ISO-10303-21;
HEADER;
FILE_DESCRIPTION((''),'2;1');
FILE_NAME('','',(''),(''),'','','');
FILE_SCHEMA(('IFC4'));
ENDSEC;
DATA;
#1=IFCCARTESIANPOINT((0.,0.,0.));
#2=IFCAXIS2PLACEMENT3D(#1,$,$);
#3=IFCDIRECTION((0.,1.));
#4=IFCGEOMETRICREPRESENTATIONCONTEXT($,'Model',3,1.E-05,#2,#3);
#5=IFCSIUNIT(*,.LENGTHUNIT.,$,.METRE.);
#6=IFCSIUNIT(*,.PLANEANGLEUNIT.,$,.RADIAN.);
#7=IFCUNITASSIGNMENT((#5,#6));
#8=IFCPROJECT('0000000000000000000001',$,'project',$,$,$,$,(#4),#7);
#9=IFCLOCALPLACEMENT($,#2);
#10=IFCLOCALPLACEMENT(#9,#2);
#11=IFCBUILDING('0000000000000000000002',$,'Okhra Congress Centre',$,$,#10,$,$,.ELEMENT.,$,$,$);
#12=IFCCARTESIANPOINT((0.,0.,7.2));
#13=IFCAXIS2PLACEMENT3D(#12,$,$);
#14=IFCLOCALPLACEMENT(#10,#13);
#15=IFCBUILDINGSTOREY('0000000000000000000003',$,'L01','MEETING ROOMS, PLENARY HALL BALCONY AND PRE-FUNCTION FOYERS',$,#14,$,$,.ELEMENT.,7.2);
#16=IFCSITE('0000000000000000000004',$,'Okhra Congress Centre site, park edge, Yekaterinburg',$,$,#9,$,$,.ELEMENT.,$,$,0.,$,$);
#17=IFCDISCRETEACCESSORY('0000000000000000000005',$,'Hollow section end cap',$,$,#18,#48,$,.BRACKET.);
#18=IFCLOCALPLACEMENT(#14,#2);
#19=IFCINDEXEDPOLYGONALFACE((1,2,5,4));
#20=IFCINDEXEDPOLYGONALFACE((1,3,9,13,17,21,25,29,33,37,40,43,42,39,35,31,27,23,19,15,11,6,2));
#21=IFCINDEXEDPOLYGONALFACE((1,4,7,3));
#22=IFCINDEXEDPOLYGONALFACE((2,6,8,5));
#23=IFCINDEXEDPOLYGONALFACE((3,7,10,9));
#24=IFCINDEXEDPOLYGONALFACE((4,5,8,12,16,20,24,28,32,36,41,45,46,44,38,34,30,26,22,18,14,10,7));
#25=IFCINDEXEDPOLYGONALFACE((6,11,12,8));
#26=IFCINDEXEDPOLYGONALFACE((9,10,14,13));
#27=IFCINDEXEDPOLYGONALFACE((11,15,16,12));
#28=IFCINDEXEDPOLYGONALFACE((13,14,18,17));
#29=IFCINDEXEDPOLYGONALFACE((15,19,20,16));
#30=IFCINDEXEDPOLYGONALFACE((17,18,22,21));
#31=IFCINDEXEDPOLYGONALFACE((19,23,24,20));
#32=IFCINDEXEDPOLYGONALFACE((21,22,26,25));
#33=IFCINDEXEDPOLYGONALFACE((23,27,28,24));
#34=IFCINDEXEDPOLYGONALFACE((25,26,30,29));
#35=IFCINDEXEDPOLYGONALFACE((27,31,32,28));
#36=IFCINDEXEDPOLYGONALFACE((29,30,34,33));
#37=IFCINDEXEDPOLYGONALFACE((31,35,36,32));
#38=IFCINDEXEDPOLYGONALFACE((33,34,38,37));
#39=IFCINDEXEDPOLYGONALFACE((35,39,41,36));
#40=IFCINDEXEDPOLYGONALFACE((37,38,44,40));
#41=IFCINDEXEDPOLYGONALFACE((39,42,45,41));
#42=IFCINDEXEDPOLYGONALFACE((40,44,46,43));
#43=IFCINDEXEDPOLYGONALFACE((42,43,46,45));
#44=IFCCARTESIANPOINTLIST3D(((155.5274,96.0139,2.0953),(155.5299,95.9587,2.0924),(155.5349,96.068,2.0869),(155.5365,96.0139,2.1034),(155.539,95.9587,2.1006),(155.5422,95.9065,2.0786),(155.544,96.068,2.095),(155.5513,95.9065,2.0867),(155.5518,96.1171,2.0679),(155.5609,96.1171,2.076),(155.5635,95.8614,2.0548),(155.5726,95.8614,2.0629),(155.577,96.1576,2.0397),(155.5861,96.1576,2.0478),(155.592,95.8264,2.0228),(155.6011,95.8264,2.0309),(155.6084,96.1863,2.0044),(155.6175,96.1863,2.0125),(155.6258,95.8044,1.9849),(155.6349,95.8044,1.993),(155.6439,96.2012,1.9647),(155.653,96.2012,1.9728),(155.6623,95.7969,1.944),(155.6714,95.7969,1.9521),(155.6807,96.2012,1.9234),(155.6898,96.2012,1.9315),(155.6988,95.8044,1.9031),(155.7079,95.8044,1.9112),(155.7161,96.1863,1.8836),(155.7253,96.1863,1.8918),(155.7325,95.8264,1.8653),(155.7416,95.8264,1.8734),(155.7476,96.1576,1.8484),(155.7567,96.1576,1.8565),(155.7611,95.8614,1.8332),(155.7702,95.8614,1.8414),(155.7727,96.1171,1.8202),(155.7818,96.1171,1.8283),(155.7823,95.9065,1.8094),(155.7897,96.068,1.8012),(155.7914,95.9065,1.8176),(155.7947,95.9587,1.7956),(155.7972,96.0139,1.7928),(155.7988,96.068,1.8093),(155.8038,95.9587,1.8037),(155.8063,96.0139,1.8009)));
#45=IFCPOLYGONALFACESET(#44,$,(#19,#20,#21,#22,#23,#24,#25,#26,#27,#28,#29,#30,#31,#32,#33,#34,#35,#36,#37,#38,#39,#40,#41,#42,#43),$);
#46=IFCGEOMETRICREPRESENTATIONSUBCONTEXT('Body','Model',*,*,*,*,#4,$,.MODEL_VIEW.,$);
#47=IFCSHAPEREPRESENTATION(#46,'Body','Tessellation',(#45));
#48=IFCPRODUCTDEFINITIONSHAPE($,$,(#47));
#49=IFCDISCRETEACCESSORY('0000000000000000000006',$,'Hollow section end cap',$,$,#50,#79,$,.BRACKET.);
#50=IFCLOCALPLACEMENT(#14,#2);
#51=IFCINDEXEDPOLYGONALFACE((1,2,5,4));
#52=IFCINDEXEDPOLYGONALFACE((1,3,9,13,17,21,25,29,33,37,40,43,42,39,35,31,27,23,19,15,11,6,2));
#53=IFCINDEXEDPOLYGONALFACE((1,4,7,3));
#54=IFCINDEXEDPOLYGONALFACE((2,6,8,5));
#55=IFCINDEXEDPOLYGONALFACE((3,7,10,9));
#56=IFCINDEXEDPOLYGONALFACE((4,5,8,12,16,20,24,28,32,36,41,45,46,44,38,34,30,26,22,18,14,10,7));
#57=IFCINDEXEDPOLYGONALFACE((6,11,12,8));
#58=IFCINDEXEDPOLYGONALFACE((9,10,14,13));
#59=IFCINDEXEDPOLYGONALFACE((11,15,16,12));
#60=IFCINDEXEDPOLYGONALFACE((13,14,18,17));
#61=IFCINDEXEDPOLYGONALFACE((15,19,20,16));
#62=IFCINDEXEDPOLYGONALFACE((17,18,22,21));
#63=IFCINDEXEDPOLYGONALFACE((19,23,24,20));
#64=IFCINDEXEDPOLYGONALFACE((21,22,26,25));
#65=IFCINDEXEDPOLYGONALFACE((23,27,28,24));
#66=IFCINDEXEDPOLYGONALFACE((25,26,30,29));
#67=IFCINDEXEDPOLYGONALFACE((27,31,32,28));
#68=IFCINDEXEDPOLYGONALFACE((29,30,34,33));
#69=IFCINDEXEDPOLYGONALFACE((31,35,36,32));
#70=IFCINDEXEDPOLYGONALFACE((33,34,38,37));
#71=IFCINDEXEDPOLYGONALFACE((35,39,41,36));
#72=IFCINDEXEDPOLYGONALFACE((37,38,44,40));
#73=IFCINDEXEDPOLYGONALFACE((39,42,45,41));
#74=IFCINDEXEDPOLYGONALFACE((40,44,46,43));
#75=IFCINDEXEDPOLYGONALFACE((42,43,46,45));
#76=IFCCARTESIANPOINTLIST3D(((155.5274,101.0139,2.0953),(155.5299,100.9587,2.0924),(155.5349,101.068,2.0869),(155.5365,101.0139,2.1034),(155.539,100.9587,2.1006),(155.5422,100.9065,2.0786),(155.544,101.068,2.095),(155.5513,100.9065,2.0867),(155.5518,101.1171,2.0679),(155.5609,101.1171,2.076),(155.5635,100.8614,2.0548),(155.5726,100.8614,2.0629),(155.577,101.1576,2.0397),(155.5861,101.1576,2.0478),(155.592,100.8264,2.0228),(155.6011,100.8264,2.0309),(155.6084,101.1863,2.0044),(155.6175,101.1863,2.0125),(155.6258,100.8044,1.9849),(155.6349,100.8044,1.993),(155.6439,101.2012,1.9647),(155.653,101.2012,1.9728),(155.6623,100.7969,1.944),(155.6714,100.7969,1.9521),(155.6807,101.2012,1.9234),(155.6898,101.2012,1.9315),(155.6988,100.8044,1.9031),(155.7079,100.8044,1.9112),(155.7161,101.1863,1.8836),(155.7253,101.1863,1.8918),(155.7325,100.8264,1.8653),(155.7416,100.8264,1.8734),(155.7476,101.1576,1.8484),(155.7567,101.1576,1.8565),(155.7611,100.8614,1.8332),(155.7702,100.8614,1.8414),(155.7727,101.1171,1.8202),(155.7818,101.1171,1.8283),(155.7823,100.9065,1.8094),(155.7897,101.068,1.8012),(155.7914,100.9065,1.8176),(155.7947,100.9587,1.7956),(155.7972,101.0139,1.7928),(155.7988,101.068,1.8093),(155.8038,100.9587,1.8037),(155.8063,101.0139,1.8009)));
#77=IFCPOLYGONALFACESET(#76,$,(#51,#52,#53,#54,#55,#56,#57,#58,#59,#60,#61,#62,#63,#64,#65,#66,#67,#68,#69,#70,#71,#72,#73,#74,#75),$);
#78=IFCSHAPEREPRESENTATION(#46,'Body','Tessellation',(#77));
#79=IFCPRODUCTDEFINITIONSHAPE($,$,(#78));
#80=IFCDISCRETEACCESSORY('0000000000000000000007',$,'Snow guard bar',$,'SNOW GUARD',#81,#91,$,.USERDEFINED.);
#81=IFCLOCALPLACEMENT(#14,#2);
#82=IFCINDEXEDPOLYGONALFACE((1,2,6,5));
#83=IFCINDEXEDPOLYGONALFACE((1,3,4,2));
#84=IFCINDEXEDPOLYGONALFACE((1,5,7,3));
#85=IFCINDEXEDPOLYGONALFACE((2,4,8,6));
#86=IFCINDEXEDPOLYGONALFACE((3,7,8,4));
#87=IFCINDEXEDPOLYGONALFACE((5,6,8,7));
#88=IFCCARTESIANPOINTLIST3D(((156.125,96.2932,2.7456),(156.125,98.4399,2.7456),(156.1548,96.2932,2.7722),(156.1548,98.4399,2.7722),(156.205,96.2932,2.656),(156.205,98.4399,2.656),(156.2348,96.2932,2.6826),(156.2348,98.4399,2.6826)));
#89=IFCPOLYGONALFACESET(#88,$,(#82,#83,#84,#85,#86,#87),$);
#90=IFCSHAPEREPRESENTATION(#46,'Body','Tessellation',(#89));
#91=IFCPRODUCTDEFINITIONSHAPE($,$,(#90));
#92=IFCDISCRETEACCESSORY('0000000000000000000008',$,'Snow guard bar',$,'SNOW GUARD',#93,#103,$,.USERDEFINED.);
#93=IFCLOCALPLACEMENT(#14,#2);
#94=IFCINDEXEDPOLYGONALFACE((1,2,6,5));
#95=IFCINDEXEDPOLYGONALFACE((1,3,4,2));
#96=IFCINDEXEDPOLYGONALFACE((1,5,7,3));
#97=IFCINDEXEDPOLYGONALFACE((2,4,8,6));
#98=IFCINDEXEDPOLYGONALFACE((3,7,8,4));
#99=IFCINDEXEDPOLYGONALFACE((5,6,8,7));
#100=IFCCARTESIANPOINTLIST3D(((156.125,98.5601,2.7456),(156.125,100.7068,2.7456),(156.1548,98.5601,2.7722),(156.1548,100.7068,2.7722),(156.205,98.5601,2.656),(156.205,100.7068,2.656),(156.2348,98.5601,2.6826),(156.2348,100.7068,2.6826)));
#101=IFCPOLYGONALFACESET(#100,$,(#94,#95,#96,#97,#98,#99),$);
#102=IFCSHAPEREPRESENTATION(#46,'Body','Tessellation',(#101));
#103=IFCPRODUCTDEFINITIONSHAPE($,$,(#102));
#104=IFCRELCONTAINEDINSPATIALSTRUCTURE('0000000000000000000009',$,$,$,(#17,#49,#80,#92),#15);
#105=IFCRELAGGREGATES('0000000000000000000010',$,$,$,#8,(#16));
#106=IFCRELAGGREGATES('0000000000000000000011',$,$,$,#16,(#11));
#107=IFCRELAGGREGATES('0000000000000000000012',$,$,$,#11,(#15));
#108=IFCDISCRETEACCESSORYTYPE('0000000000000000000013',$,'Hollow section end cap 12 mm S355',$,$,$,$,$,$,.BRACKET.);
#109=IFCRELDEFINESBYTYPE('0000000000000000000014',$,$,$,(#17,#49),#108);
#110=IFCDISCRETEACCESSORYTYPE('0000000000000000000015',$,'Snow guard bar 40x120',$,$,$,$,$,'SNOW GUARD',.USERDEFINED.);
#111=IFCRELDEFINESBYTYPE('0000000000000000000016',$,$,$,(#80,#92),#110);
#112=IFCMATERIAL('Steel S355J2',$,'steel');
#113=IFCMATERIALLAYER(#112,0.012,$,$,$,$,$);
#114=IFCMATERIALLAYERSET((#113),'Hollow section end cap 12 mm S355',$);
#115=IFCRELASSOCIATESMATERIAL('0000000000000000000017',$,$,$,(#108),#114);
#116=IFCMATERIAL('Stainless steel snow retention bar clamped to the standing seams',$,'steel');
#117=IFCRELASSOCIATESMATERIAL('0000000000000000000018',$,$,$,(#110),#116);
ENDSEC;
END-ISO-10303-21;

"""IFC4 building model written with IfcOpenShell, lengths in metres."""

from ifc_helpers import new_model, si_unit, direction, frame, origin, origin_2d, place, context, subcontext, project, spatial, polyline, circle, outline, extrude, material, layer, layer_set, type_object, element, save


model = new_model("IFC4")

# Units and contexts
model_context = context("Model", 3, precision=1e-05, world=origin(), true_north=direction((0.0, 1.0)))
body_context = subcontext(model_context, "Body", "Model", "MODEL_VIEW")
ifc_project = project(units=[si_unit("LENGTHUNIT", "METRE"), si_unit("PLANEANGLEUNIT", "RADIAN")], contexts=[model_context])

# Site, building, storey
site_placement = place(None, origin())
site = spatial("IfcSite", under=ifc_project, at=site_placement, Name="Okhra Congress Centre site, park edge, Yekaterinburg", CompositionType="ELEMENT", RefElevation=0.0)
building_placement = place(site_placement, origin())
building = spatial("IfcBuilding", under=site, at=building_placement, Name="Okhra Congress Centre", CompositionType="ELEMENT")
storey_placement = place(building_placement, frame((0.0, 0.0, 7.2)))
storey = spatial("IfcBuildingStorey", under=building, at=storey_placement, Name="L01", Description="MEETING ROOMS, PLENARY HALL BALCONY AND PRE-FUNCTION FOYERS", CompositionType="ELEMENT", Elevation=7.2)

# Shared definitions
ifc_material_1 = material(Name="Steel S355J2", Category="steel")

# Discrete accessories
ifc_layer_1 = layer(ifc_material_1, 0.012)
ifc_layer_set_1 = layer_set([ifc_layer_1], Name="Hollow section end cap 12 mm S355")
discrete_accessory_type_1 = type_object("IfcDiscreteAccessoryType", Name="Hollow section end cap 12 mm S355", PredefinedType="BRACKET", material=ifc_layer_set_1)
for number, where, z_axis, x_axis, name in (
    (1, (155.6714, 96.0, 1.9521), (-0.746295, 0.0, -0.665615), (0.0, -1.0, 0.0), "Hollow section end cap"),
    (2, (155.6714, 101.0, 1.9521), (-0.746295, 0.0, -0.665615), (0.0, -1.0, 0.0), "Hollow section end cap"),
):
    element("IfcDiscreteAccessory", number, at=place(storey_placement, frame(where, z_axis=z_axis, x_axis=x_axis)), inside=storey, type_object=discrete_accessory_type_1, Name=name, PredefinedType="BRACKET", context=body_context, shape_type="SweptSolid", body=[
        extrude(circle(Radius=0.2031, at=origin_2d()), origin(), (0.0, 0.0, 1.0), 0.0122),
    ])
ifc_material_2 = material(Name="Stainless steel snow retention bar clamped to the standing seams", Category="steel")
discrete_accessory_type_2 = type_object("IfcDiscreteAccessoryType", Name="Snow guard bar 40x120", ElementType="SNOW GUARD", PredefinedType="USERDEFINED", material=ifc_material_2)
for number, where, z_axis, x_axis, name in (
    (3, (156.125, 96.2932, 2.7456), (-0.666259, 0.0, 0.745721), (0.745721, 0.0, 0.666259), "Snow guard bar"),
    (4, (156.125, 98.5601, 2.7456), (-0.666259, 0.0, 0.745721), (0.745721, 0.0, 0.666259), "Snow guard bar"),
):
    element("IfcDiscreteAccessory", number, at=place(storey_placement, frame(where, z_axis=z_axis, x_axis=x_axis)), inside=storey, type_object=discrete_accessory_type_2, Name=name, ObjectType="SNOW GUARD", PredefinedType="USERDEFINED", context=body_context, shape_type="SweptSolid", body=[
        extrude(outline(polyline([(0.0, 0.0), (0.0399, 0.0), (0.0399, 2.1467), (0.0, 2.1467), (0.0, 0.0)])), origin(), (0.0, 0.0, -1.0), 0.1201),
    ])

save(model, "model.ifc")
